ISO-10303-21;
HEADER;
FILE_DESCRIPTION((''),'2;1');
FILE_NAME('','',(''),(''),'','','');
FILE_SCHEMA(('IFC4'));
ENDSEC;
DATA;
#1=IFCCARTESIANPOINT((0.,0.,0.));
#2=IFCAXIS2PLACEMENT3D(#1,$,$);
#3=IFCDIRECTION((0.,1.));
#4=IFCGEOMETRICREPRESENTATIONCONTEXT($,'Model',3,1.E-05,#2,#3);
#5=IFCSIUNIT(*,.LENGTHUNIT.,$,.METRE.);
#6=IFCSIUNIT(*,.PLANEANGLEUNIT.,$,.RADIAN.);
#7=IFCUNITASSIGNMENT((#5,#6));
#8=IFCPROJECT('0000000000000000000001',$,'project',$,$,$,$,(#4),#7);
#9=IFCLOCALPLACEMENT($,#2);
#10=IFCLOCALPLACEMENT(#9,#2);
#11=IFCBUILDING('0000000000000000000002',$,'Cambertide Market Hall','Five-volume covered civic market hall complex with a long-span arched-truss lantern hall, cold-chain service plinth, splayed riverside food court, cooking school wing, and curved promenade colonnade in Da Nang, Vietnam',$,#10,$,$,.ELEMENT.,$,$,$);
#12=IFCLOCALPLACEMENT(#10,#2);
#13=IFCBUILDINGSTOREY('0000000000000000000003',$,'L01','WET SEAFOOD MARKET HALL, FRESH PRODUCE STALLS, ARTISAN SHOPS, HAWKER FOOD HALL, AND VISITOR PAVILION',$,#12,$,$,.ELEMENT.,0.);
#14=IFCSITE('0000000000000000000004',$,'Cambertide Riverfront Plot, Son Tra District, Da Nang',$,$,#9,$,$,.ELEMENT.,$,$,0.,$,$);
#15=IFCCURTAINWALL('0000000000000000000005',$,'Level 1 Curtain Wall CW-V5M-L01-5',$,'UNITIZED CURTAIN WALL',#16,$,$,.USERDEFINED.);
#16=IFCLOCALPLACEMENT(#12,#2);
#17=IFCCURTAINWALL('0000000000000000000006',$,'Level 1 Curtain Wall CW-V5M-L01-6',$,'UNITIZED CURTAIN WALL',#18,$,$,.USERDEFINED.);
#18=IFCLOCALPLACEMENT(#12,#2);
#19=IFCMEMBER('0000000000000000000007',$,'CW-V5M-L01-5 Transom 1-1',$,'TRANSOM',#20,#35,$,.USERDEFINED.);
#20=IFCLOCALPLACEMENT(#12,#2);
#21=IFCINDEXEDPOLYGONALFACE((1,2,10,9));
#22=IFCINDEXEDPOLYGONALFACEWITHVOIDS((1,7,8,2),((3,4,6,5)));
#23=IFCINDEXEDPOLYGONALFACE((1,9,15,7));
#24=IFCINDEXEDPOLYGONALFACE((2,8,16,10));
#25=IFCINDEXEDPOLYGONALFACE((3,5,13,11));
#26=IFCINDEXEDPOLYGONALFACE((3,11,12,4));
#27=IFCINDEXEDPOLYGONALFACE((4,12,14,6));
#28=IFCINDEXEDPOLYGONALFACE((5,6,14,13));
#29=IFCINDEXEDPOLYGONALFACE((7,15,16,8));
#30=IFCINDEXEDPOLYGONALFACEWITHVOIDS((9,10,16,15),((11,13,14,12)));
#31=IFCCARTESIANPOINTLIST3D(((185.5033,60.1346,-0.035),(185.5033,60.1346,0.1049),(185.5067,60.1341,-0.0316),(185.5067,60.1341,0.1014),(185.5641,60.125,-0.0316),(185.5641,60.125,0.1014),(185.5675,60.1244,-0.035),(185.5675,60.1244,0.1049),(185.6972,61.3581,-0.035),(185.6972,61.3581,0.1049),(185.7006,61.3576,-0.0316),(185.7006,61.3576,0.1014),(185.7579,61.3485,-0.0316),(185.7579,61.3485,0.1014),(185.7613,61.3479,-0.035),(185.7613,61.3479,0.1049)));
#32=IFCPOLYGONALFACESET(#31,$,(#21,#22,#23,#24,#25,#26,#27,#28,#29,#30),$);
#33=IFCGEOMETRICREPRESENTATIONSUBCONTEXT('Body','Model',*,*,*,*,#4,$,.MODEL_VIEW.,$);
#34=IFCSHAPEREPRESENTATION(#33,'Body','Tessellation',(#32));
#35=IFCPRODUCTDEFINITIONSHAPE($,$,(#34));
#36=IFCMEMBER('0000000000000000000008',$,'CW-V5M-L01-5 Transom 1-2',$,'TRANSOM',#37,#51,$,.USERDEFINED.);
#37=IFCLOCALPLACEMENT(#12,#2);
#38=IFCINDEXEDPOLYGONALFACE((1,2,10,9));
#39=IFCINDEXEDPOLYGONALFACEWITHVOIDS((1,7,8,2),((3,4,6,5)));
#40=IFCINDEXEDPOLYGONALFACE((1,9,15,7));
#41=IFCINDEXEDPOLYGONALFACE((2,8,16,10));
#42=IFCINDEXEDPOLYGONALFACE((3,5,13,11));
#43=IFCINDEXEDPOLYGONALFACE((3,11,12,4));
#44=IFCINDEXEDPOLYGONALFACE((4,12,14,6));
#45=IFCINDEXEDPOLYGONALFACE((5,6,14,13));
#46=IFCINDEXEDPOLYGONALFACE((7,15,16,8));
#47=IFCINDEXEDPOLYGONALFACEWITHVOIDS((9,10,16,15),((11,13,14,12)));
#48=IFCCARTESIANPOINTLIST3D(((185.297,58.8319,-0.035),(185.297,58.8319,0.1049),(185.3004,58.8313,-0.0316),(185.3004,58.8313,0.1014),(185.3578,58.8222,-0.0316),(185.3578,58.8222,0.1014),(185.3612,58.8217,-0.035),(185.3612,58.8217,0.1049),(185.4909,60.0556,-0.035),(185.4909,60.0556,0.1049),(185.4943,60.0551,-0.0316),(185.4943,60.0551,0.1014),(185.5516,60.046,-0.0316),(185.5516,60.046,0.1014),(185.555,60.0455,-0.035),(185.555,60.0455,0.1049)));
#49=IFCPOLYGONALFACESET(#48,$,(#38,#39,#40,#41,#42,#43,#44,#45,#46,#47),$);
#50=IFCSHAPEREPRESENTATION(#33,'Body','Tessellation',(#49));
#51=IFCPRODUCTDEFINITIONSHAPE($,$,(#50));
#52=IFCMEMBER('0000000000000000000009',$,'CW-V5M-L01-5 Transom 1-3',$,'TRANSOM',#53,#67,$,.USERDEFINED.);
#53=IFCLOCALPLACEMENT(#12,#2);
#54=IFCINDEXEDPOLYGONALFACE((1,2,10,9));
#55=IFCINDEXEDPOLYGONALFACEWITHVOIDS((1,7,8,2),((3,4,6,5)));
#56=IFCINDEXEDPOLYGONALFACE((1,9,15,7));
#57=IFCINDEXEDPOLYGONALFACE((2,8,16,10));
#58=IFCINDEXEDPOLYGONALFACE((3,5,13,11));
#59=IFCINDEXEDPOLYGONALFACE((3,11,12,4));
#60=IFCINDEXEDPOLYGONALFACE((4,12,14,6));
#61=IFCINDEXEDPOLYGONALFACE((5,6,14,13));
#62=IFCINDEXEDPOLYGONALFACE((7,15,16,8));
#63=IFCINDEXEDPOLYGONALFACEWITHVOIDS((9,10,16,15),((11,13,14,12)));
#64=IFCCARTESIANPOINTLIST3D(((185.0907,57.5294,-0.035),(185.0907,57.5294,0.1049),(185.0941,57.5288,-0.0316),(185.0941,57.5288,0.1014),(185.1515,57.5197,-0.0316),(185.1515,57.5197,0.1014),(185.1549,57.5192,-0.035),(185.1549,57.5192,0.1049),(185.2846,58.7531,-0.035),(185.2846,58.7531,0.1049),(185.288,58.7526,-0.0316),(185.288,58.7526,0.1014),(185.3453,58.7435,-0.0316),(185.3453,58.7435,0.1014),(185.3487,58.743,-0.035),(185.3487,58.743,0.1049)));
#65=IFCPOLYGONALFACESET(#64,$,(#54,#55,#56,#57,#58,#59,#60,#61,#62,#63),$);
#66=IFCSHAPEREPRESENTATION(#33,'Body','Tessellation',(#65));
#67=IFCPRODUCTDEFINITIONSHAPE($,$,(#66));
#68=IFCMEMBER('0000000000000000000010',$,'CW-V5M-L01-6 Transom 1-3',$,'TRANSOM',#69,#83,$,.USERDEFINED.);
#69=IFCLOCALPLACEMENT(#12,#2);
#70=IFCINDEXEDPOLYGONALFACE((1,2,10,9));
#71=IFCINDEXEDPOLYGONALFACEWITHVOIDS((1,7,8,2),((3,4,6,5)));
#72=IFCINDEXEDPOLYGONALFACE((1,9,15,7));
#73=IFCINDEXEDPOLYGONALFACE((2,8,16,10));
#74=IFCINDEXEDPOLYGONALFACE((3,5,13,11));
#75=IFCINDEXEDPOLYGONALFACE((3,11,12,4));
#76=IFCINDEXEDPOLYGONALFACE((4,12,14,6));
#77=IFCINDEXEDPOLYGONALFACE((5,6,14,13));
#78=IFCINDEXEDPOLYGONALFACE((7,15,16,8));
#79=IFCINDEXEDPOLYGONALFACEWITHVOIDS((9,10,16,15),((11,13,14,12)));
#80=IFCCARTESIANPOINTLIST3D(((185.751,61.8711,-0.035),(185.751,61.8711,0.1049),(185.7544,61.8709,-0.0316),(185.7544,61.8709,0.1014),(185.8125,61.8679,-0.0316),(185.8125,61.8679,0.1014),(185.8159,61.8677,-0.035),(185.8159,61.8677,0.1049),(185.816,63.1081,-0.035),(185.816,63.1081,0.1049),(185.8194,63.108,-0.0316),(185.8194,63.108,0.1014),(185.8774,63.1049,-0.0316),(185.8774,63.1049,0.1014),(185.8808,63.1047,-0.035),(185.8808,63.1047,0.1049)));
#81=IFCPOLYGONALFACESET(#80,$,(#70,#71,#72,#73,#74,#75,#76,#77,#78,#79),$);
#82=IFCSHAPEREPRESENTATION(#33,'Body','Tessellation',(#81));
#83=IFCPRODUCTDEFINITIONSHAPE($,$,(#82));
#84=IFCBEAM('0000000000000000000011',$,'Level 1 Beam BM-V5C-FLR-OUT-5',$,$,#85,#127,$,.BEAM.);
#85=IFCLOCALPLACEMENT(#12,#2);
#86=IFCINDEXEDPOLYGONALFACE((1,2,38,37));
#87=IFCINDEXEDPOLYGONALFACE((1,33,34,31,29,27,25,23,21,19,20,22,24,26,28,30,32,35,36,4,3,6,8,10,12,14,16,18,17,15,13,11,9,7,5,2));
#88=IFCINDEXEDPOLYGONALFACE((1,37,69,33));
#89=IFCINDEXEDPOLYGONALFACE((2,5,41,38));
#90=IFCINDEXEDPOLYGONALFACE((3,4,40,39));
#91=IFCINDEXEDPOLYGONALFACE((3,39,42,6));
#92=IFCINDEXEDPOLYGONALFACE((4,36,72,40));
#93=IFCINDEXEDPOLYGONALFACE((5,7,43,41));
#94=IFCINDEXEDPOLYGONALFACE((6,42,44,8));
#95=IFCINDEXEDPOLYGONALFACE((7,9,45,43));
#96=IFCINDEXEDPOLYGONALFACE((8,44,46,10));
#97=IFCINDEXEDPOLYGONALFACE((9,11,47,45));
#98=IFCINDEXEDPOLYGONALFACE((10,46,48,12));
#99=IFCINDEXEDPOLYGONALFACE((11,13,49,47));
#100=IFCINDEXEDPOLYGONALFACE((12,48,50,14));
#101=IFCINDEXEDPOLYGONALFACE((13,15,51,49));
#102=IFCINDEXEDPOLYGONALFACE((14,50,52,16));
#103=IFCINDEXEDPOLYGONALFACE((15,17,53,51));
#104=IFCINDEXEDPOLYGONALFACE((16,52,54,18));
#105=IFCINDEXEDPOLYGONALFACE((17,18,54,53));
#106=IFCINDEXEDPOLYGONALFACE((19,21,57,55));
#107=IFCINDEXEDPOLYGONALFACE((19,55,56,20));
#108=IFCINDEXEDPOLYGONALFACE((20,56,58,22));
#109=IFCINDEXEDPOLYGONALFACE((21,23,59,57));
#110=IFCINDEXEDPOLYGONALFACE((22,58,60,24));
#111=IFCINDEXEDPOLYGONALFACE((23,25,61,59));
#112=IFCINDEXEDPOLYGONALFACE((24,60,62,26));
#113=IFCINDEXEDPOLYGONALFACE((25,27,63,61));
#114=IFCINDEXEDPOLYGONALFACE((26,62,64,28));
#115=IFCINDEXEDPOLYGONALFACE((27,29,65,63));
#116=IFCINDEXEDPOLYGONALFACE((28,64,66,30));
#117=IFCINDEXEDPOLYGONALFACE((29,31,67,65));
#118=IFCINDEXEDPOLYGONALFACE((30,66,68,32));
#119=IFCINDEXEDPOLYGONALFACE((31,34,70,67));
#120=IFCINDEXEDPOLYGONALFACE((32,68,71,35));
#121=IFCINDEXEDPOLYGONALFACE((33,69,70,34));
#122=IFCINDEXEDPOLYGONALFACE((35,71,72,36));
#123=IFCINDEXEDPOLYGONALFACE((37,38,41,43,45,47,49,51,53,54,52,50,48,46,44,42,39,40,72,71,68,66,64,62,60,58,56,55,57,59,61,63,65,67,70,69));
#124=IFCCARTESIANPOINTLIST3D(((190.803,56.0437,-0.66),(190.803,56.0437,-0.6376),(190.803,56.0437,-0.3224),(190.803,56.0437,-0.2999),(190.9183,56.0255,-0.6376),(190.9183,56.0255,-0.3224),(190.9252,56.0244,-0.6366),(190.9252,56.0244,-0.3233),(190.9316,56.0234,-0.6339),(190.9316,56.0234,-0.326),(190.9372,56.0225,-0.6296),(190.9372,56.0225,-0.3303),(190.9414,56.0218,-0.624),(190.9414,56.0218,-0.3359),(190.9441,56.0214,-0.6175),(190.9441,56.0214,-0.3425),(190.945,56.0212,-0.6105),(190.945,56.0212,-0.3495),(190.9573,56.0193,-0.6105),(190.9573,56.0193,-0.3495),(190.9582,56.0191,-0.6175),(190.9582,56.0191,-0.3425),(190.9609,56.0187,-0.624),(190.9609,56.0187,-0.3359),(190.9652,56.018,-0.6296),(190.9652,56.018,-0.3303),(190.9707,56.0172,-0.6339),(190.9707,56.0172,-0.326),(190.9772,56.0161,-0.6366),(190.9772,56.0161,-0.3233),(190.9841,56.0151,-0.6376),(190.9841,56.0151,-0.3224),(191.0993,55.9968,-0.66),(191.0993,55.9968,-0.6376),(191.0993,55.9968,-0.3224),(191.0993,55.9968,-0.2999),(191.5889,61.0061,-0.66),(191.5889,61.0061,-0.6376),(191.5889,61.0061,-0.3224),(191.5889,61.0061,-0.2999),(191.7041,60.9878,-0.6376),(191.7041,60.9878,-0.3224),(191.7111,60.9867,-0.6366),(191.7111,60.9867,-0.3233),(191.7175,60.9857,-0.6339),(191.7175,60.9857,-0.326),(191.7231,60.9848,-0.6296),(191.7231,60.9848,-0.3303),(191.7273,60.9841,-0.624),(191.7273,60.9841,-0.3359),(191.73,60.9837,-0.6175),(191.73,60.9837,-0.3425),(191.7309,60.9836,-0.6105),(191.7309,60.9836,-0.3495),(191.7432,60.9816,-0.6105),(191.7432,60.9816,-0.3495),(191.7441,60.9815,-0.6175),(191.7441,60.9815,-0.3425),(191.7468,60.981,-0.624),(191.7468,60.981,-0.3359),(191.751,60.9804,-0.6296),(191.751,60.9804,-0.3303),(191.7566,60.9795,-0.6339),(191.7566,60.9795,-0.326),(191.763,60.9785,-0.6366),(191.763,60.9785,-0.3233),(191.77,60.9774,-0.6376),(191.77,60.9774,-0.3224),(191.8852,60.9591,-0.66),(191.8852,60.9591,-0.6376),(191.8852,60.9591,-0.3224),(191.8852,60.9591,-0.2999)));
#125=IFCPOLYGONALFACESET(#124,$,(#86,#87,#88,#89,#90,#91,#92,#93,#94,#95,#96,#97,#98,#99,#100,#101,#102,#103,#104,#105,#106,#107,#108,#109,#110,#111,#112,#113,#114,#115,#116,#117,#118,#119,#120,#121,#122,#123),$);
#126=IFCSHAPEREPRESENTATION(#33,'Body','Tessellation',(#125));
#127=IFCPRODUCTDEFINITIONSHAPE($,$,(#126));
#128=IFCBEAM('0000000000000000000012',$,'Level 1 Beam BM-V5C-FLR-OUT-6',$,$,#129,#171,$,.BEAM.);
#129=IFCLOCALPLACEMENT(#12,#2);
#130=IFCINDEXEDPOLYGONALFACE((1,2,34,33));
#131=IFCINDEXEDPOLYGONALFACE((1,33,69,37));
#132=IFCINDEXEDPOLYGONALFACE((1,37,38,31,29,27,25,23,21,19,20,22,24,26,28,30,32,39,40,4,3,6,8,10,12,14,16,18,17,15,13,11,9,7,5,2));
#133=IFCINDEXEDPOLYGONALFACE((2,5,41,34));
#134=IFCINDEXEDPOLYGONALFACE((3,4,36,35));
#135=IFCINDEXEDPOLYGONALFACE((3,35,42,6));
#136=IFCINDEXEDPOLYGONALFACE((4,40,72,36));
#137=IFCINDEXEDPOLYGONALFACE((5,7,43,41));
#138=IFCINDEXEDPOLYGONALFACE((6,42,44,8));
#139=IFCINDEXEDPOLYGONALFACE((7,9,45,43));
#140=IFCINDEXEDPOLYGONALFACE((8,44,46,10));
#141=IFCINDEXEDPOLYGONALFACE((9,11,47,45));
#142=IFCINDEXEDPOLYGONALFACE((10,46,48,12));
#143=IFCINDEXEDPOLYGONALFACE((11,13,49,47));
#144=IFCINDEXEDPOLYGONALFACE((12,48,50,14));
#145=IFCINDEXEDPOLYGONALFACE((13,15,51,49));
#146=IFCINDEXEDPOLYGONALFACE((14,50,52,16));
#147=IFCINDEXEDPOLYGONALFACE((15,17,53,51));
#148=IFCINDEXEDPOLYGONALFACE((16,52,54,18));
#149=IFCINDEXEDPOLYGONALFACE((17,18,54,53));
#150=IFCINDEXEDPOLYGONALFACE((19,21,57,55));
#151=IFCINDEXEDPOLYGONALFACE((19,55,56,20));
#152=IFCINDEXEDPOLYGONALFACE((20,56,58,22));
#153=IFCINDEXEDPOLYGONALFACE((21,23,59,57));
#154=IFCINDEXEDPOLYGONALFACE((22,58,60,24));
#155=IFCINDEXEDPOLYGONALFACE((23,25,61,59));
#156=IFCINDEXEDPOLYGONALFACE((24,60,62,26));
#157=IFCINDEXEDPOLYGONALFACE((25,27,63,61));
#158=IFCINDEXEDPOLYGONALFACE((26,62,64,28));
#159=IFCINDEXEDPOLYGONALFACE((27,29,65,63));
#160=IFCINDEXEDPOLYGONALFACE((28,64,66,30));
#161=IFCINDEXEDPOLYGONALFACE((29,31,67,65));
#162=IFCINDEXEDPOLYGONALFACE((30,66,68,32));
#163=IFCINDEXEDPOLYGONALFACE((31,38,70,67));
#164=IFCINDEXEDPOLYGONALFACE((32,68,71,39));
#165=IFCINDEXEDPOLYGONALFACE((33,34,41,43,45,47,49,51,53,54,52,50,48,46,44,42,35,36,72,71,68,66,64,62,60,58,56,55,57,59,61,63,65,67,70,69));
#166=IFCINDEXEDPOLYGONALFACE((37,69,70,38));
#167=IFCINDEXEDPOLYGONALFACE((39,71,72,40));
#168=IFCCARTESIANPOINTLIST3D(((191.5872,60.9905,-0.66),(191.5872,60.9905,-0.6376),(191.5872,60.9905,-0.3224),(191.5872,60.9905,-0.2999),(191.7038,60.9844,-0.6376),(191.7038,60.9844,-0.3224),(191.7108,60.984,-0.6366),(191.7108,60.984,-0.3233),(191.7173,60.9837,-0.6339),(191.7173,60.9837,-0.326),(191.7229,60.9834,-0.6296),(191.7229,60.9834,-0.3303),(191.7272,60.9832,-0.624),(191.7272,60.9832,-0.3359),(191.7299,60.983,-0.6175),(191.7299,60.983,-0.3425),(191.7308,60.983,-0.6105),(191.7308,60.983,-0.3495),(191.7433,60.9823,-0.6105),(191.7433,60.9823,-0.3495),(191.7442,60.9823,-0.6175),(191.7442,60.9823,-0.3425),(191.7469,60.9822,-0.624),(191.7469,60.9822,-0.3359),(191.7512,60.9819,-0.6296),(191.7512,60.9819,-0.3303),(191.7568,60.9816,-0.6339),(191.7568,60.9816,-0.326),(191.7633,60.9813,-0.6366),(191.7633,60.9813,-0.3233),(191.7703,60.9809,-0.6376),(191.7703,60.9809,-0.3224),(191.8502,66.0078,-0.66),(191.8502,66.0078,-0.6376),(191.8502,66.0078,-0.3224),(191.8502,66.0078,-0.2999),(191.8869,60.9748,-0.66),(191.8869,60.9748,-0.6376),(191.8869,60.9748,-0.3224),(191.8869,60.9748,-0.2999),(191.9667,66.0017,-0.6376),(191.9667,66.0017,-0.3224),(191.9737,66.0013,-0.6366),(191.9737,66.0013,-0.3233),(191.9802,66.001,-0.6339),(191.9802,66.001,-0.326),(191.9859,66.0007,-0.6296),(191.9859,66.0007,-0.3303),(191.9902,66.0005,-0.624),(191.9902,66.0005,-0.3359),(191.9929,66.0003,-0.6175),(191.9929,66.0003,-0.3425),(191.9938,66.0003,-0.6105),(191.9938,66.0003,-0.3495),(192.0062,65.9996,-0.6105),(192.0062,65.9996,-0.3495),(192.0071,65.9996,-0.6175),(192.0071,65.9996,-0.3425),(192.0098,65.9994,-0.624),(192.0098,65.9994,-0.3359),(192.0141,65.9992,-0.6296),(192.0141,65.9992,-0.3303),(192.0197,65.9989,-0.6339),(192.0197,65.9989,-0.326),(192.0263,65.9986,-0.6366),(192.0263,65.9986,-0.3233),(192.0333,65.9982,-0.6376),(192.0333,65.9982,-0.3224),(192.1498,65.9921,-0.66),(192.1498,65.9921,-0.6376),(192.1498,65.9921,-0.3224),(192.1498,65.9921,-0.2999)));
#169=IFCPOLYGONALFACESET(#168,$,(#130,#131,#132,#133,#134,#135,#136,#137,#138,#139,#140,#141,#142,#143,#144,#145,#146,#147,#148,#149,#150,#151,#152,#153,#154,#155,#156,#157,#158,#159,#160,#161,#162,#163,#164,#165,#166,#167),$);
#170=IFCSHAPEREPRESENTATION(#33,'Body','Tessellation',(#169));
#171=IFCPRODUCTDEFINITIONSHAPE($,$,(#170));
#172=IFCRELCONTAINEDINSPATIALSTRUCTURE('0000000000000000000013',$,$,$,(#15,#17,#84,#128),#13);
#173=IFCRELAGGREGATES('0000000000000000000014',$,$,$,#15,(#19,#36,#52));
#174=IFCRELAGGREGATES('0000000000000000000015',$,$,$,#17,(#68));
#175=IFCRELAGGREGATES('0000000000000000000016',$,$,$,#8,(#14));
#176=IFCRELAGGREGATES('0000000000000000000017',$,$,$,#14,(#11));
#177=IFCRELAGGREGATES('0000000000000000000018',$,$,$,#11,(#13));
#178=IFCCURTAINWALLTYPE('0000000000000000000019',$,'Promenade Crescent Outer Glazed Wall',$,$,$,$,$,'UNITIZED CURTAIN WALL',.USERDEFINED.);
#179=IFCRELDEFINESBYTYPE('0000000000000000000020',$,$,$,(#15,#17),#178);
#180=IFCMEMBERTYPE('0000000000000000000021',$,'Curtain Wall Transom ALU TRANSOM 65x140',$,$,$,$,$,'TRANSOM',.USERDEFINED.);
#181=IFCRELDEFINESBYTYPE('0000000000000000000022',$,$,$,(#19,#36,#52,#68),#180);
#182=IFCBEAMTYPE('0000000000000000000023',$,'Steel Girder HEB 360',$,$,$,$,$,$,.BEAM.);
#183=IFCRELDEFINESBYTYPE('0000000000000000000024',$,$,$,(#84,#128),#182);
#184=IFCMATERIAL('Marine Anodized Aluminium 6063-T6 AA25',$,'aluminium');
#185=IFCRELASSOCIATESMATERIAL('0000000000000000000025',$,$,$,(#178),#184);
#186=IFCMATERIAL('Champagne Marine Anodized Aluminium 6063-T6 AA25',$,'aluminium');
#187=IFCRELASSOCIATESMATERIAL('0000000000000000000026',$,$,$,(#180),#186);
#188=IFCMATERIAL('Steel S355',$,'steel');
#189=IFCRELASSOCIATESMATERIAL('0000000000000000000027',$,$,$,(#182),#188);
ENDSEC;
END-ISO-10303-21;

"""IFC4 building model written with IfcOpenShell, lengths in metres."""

from ifc_helpers import new_model, si_unit, direction, frame, origin, origin_2d, place, context, subcontext, project, spatial, hollow_rectangle, i_section, extrude, material, material_profile, profile_set, type_object, element, aggregate, save


model = new_model("IFC4")

# Units and contexts
model_context = context("Model", 3, precision=1e-05, world=origin(), true_north=direction((0.0, 1.0)))
body_context = subcontext(model_context, "Body", "Model", "MODEL_VIEW")
ifc_project = project(units=[si_unit("LENGTHUNIT", "METRE"), si_unit("PLANEANGLEUNIT", "RADIAN")], contexts=[model_context])

# Site, building, storey
site_placement = place(None, origin())
site = spatial("IfcSite", under=ifc_project, at=site_placement, Name="Cambertide Riverfront Plot, Son Tra District, Da Nang", CompositionType="ELEMENT", RefElevation=0.0)
building_placement = place(site_placement, origin())
building = spatial("IfcBuilding", under=site, at=building_placement, Name="Cambertide Market Hall", Description="Five-volume covered civic market hall complex with a long-span arched-truss lantern hall, cold-chain service plinth, splayed riverside food court, cooking school wing, and curved promenade colonnade in Da Nang, Vietnam", CompositionType="ELEMENT")
storey_placement = place(building_placement, origin())
storey = spatial("IfcBuildingStorey", under=building, at=storey_placement, Name="L01", Description="WET SEAFOOD MARKET HALL, FRESH PRODUCE STALLS, ARTISAN SHOPS, HAWKER FOOD HALL, AND VISITOR PAVILION", CompositionType="ELEMENT", Elevation=0.0)

# Shared definitions
ifc_material_1 = material(Name="Marine Anodized Aluminium 6063-T6 AA25", Category="aluminium")
curtain_wall_type = type_object("IfcCurtainWallType", Name="Promenade Crescent Outer Glazed Wall", ElementType="UNITIZED CURTAIN WALL", PredefinedType="USERDEFINED", material=ifc_material_1)

# Curtain walls
curtain_wall_1_placement = place(storey_placement, origin())
curtain_wall_1 = element("IfcCurtainWall", 1, at=curtain_wall_1_placement, inside=storey, type_object=curtain_wall_type, Name="Level 1 Curtain Wall CW-V5M-L01-5", ObjectType="UNITIZED CURTAIN WALL", PredefinedType="USERDEFINED")
curtain_wall_2_placement = place(storey_placement, origin())
curtain_wall_2 = element("IfcCurtainWall", 2, at=curtain_wall_2_placement, inside=storey, type_object=curtain_wall_type, Name="Level 1 Curtain Wall CW-V5M-L01-6", ObjectType="UNITIZED CURTAIN WALL", PredefinedType="USERDEFINED")

# Members
ifc_material_2 = material(Name="Champagne Marine Anodized Aluminium 6063-T6 AA25", Category="aluminium")
ifc_material_profile_1 = material_profile(ifc_material_2, hollow_rectangle(XDim=0.0649, YDim=0.1399, WallThickness=0.0034, at=origin_2d()), Name="ALU TRANSOM 65x140")
ifc_profile_set_1 = profile_set([ifc_material_profile_1], Name="Champagne Marine Anodized Aluminium 6063-T6 AA25")
member_type_1 = type_object("IfcMemberType", Name="Curtain Wall Transom ALU TRANSOM 65x140", ElementType="TRANSOM", PredefinedType="USERDEFINED", material=ifc_profile_set_1)
member_1_placement = place(storey_placement, frame((185.7292, 61.353, 0.0349), z_axis=(-0.156499, -0.987678, 0.0), x_axis=(0.987678, -0.156499, 0.0)))
member_1 = element("IfcMember", 3, at=member_1_placement, type_object=member_type_1, Name="CW-V5M-L01-5 Transom 1-1", ObjectType="TRANSOM", PredefinedType="USERDEFINED", context=body_context, shape_type="SweptSolid", body=[
    extrude(hollow_rectangle(XDim=0.0649, YDim=0.1399, WallThickness=0.0034, at=origin_2d()), origin(), (0.0, 0.0, 1.0), 1.2388),
])
member_2_placement = place(storey_placement, frame((185.5229, 60.0505, 0.0349), z_axis=(-0.156469, -0.987683, 0.0), x_axis=(0.987683, -0.156469, 0.0)))
member_2 = element("IfcMember", 4, at=member_2_placement, type_object=member_type_1, Name="CW-V5M-L01-5 Transom 1-2", ObjectType="TRANSOM", PredefinedType="USERDEFINED", context=body_context, shape_type="SweptSolid", body=[
    extrude(hollow_rectangle(XDim=0.0649, YDim=0.1399, WallThickness=0.0034, at=origin_2d()), origin(), (0.0, 0.0, 1.0), 1.239),
])
member_3_placement = place(storey_placement, frame((185.3167, 58.748, 0.0349), z_axis=(-0.156469, -0.987683, 0.0), x_axis=(0.987683, -0.156469, 0.0)))
member_3 = element("IfcMember", 5, at=member_3_placement, type_object=member_type_1, Name="CW-V5M-L01-5 Transom 1-3", ObjectType="TRANSOM", PredefinedType="USERDEFINED", context=body_context, shape_type="SweptSolid", body=[
    extrude(hollow_rectangle(XDim=0.0649, YDim=0.1399, WallThickness=0.0034, at=origin_2d()), origin(), (0.0, 0.0, 1.0), 1.239),
])
member_4_placement = place(storey_placement, frame((185.8484, 63.1064, 0.0349), z_axis=(-0.052424, -0.998625, 0.0), x_axis=(0.998625, -0.052424, 0.0)))
member_4 = element("IfcMember", 6, at=member_4_placement, type_object=member_type_1, Name="CW-V5M-L01-6 Transom 1-3", ObjectType="TRANSOM", PredefinedType="USERDEFINED", context=body_context, shape_type="SweptSolid", body=[
    extrude(hollow_rectangle(XDim=0.0649, YDim=0.1399, WallThickness=0.0034, at=origin_2d()), origin(), (0.0, 0.0, 1.0), 1.2388),
])

# Beams
ifc_material_3 = material(Name="Steel S355", Category="steel")
ifc_material_profile_2 = material_profile(ifc_material_3, i_section(OverallWidth=0.3, OverallDepth=0.3601, WebThickness=0.0125, FlangeThickness=0.0225, FilletRadius=0.0271, at=origin_2d()), Name="HEB 360")
ifc_profile_set_2 = profile_set([ifc_material_profile_2], Name="Steel S355")
beam_type_1 = type_object("IfcBeamType", Name="Steel Girder HEB 360", PredefinedType="BEAM", material=ifc_profile_set_2)
for number, where, z_axis, x_axis, name in (
    (7, (190.9512, 56.0203, -0.48), (0.156419, 0.987691, 0.0), (-0.987691, 0.156419, 0.0), "Level 1 Beam BM-V5C-FLR-OUT-5"),
    (8, (191.7371, 60.9827, -0.48), (0.052334, 0.99863, 0.0), (-0.99863, 0.052334, 0.0), "Level 1 Beam BM-V5C-FLR-OUT-6"),
):
    element("IfcBeam", number, at=place(storey_placement, frame(where, z_axis=z_axis, x_axis=x_axis)), inside=storey, type_object=beam_type_1, Name=name, PredefinedType="BEAM", context=body_context, shape_type="SweptSolid", body=[
        extrude(i_section(OverallWidth=0.3, OverallDepth=0.3601, WebThickness=0.0125, FlangeThickness=0.0225, FilletRadius=0.0271, at=origin_2d()), origin(), (0.0, 0.0, 1.0), 5.0242),
    ])

aggregate(curtain_wall_1, [member_1, member_2, member_3])
aggregate(curtain_wall_2, [member_4])

save(model, "model.ifc")
